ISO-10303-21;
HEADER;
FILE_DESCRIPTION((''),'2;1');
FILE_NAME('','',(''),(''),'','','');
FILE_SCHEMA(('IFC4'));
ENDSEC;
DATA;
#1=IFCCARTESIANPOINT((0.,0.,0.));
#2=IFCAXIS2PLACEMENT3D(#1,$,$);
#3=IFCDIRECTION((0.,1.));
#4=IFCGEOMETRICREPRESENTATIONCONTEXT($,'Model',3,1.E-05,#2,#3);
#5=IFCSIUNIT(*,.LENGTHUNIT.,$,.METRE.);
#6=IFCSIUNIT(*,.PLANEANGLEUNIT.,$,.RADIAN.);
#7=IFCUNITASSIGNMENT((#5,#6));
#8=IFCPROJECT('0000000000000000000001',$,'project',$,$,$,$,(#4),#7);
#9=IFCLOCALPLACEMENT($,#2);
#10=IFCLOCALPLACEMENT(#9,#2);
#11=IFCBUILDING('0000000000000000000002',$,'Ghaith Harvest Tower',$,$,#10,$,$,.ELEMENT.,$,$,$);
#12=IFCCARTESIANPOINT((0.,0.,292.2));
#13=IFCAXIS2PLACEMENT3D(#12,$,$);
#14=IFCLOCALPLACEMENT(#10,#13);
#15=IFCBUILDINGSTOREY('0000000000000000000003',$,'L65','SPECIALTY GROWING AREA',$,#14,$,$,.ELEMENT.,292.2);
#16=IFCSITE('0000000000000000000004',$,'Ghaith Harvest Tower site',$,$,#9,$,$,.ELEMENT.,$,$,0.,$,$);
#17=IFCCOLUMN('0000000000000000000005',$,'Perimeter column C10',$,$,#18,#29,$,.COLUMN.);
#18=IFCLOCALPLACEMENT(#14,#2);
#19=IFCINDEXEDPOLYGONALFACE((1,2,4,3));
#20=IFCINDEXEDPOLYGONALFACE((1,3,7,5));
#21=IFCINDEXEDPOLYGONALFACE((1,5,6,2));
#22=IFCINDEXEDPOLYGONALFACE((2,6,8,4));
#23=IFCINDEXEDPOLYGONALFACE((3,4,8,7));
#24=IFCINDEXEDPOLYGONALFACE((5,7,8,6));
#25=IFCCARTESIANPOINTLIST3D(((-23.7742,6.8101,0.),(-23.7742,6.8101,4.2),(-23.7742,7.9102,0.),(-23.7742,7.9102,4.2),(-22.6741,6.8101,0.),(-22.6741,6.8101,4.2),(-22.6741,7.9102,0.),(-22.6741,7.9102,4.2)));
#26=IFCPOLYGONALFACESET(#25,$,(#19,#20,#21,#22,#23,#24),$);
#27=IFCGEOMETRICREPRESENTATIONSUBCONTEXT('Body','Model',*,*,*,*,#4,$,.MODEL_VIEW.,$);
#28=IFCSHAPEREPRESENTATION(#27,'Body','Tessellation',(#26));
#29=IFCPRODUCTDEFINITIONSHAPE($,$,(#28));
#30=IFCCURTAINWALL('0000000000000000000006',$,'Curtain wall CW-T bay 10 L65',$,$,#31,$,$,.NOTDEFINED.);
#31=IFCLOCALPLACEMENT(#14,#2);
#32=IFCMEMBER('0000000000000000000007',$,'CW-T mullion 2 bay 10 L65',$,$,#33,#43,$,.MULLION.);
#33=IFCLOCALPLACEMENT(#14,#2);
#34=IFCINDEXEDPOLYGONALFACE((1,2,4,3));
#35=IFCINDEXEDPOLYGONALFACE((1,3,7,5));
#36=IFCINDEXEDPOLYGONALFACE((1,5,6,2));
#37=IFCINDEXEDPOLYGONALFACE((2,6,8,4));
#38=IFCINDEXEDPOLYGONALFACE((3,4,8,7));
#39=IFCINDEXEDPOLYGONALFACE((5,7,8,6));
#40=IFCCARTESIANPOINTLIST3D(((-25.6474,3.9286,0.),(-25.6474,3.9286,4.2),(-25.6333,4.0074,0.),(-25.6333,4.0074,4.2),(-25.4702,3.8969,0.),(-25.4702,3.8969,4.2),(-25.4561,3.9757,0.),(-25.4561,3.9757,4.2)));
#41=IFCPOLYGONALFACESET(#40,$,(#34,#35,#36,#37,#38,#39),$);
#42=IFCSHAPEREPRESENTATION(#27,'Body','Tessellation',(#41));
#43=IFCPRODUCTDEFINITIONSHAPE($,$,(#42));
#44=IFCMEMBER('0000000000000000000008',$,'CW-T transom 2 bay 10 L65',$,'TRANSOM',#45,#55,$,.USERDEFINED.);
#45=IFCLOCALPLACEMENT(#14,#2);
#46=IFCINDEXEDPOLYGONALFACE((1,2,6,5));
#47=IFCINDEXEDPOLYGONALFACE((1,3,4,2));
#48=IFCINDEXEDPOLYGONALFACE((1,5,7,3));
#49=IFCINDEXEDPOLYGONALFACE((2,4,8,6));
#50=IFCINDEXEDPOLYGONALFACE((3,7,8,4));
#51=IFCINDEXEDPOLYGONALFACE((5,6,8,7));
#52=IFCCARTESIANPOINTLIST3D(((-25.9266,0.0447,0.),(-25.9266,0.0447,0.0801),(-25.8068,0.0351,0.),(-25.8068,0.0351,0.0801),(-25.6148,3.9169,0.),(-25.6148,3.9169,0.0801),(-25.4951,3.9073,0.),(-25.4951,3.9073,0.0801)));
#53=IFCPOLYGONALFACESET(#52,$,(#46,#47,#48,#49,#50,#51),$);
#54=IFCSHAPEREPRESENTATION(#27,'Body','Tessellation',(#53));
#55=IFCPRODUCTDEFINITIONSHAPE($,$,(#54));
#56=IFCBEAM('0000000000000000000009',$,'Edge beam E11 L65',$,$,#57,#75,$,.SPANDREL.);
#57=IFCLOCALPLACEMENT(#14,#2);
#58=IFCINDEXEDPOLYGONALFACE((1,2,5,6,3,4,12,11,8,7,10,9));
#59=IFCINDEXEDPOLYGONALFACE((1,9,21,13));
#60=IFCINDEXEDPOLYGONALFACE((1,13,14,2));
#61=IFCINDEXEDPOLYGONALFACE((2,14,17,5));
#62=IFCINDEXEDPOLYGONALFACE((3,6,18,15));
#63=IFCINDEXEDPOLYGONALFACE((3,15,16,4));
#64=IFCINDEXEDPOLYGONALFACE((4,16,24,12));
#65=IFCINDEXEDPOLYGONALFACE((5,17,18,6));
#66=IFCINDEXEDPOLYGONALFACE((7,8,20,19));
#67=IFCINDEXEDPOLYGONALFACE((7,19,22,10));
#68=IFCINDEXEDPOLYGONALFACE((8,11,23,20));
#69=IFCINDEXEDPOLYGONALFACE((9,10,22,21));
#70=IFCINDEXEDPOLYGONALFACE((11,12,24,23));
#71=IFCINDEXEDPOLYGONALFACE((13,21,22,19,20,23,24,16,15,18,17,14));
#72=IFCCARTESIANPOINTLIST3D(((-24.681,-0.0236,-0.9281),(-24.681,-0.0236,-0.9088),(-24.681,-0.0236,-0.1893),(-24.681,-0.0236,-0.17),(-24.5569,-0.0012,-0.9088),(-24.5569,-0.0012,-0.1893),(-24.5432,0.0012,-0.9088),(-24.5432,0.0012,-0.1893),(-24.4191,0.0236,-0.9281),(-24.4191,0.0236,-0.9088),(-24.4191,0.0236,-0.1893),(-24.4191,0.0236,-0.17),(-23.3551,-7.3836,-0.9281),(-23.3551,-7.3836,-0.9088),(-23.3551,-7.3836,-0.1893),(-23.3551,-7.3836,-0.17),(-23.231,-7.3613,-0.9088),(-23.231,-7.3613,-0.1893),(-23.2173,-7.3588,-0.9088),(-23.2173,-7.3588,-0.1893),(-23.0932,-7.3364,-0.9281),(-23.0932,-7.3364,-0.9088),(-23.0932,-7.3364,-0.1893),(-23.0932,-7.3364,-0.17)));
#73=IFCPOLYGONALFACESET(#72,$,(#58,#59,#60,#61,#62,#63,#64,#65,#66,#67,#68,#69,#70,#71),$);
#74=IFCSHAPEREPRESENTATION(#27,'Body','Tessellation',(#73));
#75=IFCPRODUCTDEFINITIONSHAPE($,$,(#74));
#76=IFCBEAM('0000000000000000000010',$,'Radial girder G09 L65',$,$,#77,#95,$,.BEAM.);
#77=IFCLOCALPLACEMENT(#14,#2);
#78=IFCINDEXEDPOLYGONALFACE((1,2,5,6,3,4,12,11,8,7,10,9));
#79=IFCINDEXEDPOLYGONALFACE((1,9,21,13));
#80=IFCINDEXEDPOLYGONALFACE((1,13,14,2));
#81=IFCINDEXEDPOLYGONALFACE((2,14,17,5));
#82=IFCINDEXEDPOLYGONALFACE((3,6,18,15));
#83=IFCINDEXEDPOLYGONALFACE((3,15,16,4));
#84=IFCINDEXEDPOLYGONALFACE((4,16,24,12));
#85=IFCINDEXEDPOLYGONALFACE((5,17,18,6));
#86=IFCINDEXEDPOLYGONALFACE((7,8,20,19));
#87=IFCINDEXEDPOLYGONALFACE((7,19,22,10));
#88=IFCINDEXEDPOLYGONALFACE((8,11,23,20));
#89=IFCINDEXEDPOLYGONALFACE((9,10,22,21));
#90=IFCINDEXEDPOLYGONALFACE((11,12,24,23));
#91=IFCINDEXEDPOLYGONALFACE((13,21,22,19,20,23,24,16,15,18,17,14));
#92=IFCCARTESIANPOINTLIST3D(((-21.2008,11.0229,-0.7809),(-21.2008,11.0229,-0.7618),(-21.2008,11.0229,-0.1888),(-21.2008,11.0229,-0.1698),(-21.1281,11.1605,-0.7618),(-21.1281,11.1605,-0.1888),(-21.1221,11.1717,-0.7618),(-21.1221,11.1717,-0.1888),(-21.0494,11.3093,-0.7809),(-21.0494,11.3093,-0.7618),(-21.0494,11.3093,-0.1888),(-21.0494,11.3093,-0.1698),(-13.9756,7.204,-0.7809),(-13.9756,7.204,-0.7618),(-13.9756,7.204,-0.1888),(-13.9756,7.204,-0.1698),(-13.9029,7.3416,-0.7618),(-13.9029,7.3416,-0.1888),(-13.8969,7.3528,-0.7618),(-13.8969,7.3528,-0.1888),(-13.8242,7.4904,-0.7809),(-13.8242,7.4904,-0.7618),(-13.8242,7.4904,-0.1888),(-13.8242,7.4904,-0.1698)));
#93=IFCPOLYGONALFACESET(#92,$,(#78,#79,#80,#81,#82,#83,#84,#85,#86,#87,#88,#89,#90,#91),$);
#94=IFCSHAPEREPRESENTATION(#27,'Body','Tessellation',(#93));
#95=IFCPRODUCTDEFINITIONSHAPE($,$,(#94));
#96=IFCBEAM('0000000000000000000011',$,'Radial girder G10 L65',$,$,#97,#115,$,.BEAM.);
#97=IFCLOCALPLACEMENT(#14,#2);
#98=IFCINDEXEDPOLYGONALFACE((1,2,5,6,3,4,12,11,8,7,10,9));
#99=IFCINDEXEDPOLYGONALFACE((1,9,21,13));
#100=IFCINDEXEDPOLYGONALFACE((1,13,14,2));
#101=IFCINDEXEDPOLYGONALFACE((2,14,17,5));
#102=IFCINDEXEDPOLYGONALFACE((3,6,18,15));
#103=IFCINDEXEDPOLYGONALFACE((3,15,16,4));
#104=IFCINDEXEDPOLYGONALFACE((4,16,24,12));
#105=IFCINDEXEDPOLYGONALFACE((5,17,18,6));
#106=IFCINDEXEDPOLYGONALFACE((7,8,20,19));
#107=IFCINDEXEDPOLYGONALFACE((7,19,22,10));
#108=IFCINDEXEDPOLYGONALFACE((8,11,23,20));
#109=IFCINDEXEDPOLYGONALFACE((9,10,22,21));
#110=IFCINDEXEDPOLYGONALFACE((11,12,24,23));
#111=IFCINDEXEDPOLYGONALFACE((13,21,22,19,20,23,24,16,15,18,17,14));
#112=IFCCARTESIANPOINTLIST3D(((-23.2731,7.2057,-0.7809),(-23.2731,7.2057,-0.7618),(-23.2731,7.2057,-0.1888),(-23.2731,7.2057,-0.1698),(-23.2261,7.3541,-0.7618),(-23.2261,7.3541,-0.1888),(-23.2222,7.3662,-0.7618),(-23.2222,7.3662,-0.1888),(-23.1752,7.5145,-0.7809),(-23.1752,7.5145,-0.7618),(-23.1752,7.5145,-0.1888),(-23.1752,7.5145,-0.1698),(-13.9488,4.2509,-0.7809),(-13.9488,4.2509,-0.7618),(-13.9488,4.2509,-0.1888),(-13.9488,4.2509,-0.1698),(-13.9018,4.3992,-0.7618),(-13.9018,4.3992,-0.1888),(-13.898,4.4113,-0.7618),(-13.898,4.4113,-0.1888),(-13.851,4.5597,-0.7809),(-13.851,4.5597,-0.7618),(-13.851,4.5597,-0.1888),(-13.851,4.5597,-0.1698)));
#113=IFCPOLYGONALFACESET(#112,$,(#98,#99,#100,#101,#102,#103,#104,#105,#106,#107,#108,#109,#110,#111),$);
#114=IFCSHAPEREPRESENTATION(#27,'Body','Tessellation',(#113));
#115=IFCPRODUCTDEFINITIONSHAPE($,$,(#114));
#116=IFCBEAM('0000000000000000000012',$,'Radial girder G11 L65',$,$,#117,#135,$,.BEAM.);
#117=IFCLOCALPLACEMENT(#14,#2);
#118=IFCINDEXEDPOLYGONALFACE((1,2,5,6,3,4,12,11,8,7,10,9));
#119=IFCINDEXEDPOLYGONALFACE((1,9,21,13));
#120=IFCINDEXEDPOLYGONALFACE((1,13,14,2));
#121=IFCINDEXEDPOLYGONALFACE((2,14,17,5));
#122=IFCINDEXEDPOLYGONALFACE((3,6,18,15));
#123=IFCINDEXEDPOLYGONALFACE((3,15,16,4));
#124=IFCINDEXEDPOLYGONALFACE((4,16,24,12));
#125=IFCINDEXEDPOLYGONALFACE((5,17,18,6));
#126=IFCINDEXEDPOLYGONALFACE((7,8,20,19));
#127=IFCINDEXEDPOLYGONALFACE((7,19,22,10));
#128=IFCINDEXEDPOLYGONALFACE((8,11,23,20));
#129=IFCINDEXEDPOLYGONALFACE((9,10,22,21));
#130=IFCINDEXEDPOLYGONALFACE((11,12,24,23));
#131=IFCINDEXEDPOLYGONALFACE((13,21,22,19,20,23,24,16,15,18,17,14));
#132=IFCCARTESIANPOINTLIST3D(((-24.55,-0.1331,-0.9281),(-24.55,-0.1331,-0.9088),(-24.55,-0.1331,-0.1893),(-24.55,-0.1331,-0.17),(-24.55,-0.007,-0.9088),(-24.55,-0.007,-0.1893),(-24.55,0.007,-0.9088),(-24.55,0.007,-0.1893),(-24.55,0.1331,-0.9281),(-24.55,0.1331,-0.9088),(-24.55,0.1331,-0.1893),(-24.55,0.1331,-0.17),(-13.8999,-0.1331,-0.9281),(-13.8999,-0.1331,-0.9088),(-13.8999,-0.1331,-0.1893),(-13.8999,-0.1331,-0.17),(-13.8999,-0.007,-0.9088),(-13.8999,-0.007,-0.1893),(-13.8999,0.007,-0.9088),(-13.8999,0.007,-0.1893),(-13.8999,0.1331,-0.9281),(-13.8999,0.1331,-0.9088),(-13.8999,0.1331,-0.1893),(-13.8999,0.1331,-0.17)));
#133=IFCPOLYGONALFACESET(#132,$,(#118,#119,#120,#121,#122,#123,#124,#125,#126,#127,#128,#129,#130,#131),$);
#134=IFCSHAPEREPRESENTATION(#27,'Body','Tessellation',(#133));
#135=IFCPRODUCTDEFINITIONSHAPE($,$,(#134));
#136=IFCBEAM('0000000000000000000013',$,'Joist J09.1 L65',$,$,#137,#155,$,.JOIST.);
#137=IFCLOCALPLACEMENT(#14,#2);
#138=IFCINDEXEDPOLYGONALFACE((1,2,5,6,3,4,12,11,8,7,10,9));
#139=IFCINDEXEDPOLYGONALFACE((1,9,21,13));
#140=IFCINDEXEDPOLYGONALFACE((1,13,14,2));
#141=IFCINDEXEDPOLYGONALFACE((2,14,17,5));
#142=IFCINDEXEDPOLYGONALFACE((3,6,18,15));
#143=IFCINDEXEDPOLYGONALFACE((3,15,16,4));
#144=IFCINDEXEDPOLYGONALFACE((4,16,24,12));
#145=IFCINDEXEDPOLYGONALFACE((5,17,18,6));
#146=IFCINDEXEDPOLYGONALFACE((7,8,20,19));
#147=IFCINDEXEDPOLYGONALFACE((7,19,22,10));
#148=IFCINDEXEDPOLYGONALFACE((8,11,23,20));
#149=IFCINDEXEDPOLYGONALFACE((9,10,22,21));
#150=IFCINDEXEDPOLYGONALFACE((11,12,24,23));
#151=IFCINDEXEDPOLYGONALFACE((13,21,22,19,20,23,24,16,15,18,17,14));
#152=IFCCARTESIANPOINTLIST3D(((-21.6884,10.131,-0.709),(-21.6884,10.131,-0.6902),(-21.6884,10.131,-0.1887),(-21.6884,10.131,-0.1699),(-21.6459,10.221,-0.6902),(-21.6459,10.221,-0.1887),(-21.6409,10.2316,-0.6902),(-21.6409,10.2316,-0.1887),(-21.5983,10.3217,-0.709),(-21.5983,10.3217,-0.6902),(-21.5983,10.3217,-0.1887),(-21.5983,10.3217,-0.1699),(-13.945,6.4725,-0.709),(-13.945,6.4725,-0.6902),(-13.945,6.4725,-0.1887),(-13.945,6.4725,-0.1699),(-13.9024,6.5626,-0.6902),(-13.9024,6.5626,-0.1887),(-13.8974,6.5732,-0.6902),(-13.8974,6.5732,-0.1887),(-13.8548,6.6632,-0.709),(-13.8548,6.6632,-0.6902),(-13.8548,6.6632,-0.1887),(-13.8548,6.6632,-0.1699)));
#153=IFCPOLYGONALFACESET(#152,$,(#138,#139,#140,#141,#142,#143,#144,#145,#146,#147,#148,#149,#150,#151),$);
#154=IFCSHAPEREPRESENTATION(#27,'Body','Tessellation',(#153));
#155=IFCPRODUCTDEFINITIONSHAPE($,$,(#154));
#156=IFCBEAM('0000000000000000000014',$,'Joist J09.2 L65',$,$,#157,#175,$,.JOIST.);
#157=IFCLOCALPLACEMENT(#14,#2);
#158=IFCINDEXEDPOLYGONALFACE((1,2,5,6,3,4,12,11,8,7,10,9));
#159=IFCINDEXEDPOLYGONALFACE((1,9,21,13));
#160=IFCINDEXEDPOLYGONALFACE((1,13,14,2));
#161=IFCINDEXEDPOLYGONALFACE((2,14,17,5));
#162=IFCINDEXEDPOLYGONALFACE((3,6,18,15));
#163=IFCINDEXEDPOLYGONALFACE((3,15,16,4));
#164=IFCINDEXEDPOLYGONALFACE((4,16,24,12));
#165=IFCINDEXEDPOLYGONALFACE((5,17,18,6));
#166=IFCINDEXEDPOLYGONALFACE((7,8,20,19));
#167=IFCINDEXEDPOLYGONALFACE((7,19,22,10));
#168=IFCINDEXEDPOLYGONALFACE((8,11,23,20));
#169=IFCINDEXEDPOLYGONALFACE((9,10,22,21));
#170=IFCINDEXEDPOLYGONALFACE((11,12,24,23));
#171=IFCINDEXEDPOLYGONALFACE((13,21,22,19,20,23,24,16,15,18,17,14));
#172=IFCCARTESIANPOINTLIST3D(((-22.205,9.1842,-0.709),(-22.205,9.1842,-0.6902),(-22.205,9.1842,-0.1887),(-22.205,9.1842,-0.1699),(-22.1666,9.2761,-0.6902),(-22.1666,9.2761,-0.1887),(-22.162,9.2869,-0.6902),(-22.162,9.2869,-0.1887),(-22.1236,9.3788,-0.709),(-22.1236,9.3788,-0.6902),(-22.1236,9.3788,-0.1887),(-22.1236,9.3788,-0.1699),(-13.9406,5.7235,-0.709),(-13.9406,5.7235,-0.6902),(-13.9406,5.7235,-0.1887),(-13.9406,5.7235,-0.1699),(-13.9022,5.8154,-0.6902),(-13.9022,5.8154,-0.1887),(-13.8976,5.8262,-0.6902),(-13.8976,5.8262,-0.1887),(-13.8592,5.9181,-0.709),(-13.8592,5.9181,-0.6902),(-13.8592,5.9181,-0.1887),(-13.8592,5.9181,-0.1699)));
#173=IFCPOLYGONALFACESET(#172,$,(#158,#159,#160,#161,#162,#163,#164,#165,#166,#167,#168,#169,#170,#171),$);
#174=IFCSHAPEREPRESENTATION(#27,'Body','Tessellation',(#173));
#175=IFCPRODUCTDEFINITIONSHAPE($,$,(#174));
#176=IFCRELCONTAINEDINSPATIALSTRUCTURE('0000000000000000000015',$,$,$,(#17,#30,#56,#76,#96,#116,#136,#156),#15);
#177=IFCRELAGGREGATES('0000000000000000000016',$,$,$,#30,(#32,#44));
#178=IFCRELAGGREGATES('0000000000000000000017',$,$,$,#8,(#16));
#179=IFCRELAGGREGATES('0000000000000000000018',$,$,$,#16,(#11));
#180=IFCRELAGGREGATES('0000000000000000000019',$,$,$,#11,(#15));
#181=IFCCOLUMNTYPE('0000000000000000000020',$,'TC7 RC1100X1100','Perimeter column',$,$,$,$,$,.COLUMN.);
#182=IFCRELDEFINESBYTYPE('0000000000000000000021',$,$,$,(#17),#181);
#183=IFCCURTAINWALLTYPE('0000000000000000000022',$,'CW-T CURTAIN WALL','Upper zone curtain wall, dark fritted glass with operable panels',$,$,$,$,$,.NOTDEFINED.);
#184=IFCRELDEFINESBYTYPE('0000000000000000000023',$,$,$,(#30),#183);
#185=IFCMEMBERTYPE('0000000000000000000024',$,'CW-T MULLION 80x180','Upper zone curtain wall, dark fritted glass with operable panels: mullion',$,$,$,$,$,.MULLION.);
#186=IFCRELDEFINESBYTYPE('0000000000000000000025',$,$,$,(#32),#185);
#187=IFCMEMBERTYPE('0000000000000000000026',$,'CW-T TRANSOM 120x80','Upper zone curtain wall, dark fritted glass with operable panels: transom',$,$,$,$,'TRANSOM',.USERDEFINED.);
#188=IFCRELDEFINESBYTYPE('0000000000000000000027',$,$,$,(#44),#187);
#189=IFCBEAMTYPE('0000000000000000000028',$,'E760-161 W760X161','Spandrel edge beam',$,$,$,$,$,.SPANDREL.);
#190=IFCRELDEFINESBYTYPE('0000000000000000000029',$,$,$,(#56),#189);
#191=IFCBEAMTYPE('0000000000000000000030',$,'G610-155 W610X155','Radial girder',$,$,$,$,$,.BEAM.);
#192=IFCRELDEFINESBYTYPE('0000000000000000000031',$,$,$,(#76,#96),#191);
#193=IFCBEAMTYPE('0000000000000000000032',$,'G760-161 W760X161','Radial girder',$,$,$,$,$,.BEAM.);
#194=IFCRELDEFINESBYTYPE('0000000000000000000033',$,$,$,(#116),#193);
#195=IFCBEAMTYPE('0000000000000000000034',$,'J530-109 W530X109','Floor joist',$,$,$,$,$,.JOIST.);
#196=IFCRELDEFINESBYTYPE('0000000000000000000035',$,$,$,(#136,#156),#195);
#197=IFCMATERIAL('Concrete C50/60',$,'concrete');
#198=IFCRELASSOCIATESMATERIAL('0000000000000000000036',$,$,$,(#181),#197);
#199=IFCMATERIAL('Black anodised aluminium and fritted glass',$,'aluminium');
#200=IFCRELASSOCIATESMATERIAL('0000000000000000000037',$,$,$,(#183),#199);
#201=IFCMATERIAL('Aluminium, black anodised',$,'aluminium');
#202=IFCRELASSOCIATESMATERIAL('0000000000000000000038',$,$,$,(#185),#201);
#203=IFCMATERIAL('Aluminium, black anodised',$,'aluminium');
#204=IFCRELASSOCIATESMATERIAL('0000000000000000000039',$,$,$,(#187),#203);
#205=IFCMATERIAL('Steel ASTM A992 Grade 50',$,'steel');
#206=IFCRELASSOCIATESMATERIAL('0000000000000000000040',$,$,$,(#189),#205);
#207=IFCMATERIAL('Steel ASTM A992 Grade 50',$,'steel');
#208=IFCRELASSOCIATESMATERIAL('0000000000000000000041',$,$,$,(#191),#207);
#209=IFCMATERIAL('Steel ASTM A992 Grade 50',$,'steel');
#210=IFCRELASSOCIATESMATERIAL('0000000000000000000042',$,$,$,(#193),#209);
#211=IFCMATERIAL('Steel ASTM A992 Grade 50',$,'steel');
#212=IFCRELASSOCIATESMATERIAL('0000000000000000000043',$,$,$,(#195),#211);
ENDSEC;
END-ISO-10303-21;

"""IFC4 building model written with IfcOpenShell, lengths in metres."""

from ifc_helpers import new_model, si_unit, direction, frame, origin, origin_2d, place, context, subcontext, project, spatial, rectangle, i_section, extrude, material, material_profile, profile_set, type_object, element, aggregate, save


model = new_model("IFC4")

# Units and contexts
model_context = context("Model", 3, precision=1e-05, world=origin(), true_north=direction((0.0, 1.0)))
body_context = subcontext(model_context, "Body", "Model", "MODEL_VIEW")
ifc_project = project(units=[si_unit("LENGTHUNIT", "METRE"), si_unit("PLANEANGLEUNIT", "RADIAN")], contexts=[model_context])

# Site, building, storey
site_placement = place(None, origin())
site = spatial("IfcSite", under=ifc_project, at=site_placement, Name="Ghaith Harvest Tower site", CompositionType="ELEMENT", RefElevation=0.0)
building_placement = place(site_placement, origin())
building = spatial("IfcBuilding", under=site, at=building_placement, Name="Ghaith Harvest Tower", CompositionType="ELEMENT")
storey_placement = place(building_placement, frame((0.0, 0.0, 292.2)))
storey = spatial("IfcBuildingStorey", under=building, at=storey_placement, Name="L65", Description="SPECIALTY GROWING AREA", CompositionType="ELEMENT", Elevation=292.2)

# Column
ifc_material_1 = material(Name="Concrete C50/60", Category="concrete")
ifc_material_profile_1 = material_profile(ifc_material_1, rectangle(XDim=1.1001, YDim=1.1001, at=origin_2d()), Name="RC1100X1100")
ifc_profile_set_1 = profile_set([ifc_material_profile_1], Name="Concrete C50/60")
column_type = type_object("IfcColumnType", Name="TC7 RC1100X1100", Description="Perimeter column", PredefinedType="COLUMN", material=ifc_profile_set_1)
column_placement = place(storey_placement, frame((-23.2241, 7.3601, 0.0), z_axis=(0.0, 0.0, 1.0), x_axis=(1.0, 0.0, 0.0)))
element("IfcColumn", 1, at=column_placement, inside=storey, type_object=column_type, Name="Perimeter column C10", PredefinedType="COLUMN", context=body_context, shape_type="SweptSolid", body=[
    extrude(rectangle(XDim=1.1001, YDim=1.1001, at=origin_2d()), origin(), (0.0, 0.0, 1.0), 4.2),
])

# Curtain wall, members
ifc_material_2 = material(Name="Black anodised aluminium and fritted glass", Category="aluminium")
curtain_wall_type = type_object("IfcCurtainWallType", Name="CW-T CURTAIN WALL", Description="Upper zone curtain wall, dark fritted glass with operable panels", PredefinedType="NOTDEFINED", material=ifc_material_2)
curtain_wall_placement = place(storey_placement, origin())
curtain_wall = element("IfcCurtainWall", 2, at=curtain_wall_placement, inside=storey, type_object=curtain_wall_type, Name="Curtain wall CW-T bay 10 L65", PredefinedType="NOTDEFINED")
ifc_material_3 = material(Name="Aluminium, black anodised", Category="aluminium")
ifc_material_profile_2 = material_profile(ifc_material_3, rectangle(XDim=0.0801, YDim=0.1799, at=origin_2d()), Name="CW-T MULLION 80x180")
ifc_profile_set_2 = profile_set([ifc_material_profile_2], Name="Aluminium, black anodised")
member_type_1 = type_object("IfcMemberType", Name="CW-T MULLION 80x180", Description="Upper zone curtain wall, dark fritted glass with operable panels: mullion", PredefinedType="MULLION", material=ifc_profile_set_2)
member_1_placement = place(storey_placement, frame((-25.5518, 3.9521, 0.0), z_axis=(0.0, 0.0, 1.0), x_axis=(-0.176001, -0.98439, 0.0)))
member_1 = element("IfcMember", 3, at=member_1_placement, type_object=member_type_1, Name="CW-T mullion 2 bay 10 L65", PredefinedType="MULLION", context=body_context, shape_type="SweptSolid", body=[
    extrude(rectangle(XDim=0.0801, YDim=0.1799, at=origin_2d()), origin(), (0.0, 0.0, 1.0), 4.2),
])
ifc_material_4 = material(Name="Aluminium, black anodised", Category="aluminium")
ifc_material_profile_3 = material_profile(ifc_material_4, rectangle(XDim=0.1201, YDim=0.0801, at=origin_2d()), Name="CW-T TRANSOM 120x80")
ifc_profile_set_3 = profile_set([ifc_material_profile_3], Name="Aluminium, black anodised")
member_type_2 = type_object("IfcMemberType", Name="CW-T TRANSOM 120x80", Description="Upper zone curtain wall, dark fritted glass with operable panels: transom", ElementType="TRANSOM", PredefinedType="USERDEFINED", material=ifc_profile_set_3)
member_2_placement = place(storey_placement, frame((-25.5549, 3.9121, 0.04), z_axis=(-0.080252, -0.996775, 0.0), x_axis=(0.996775, -0.080252, 0.0)))
member_2 = element("IfcMember", 4, at=member_2_placement, type_object=member_type_2, Name="CW-T transom 2 bay 10 L65", ObjectType="TRANSOM", PredefinedType="USERDEFINED", context=body_context, shape_type="SweptSolid", body=[
    extrude(rectangle(XDim=0.1201, YDim=0.0801, at=origin_2d()), origin(), (0.0, 0.0, 1.0), 3.8848),
])

# Beams
ifc_material_5 = material(Name="Steel ASTM A992 Grade 50", Category="steel")
ifc_material_profile_4 = material_profile(ifc_material_5, i_section(OverallWidth=0.2661, OverallDepth=0.7581, WebThickness=0.0139, FlangeThickness=0.0193, at=origin_2d()), Name="W760X161")
ifc_profile_set_4 = profile_set([ifc_material_profile_4], Name="Steel ASTM A992 Grade 50")
beam_type_1 = type_object("IfcBeamType", Name="E760-161 W760X161", Description="Spandrel edge beam", PredefinedType="SPANDREL", material=ifc_profile_set_4)
beam_1_placement = place(storey_placement, frame((-24.55, 0.0, -0.5491), z_axis=(0.177297, -0.984157, 0.0), x_axis=(0.984157, 0.177297, 0.0)))
element("IfcBeam", 5, at=beam_1_placement, inside=storey, type_object=beam_type_1, Name="Edge beam E11 L65", PredefinedType="SPANDREL", context=body_context, shape_type="SweptSolid", body=[
    extrude(i_section(OverallWidth=0.2661, OverallDepth=0.7581, WebThickness=0.0139, FlangeThickness=0.0193, at=origin_2d()), origin(), (0.0, 0.0, 1.0), 7.4785),
])
ifc_material_6 = material(Name="Steel ASTM A992 Grade 50", Category="steel")
ifc_material_profile_5 = material_profile(ifc_material_6, i_section(OverallWidth=0.324, OverallDepth=0.6111, WebThickness=0.0127, FlangeThickness=0.019, at=origin_2d()), Name="W610X155")
ifc_profile_set_5 = profile_set([ifc_material_profile_5], Name="Steel ASTM A992 Grade 50")
beam_type_2 = type_object("IfcBeamType", Name="G610-155 W610X155", Description="Radial girder", PredefinedType="BEAM", material=ifc_profile_set_5)
beam_2_placement = place(storey_placement, frame((-13.8999, 7.3472, -0.4753), z_axis=(-0.884102, 0.467295, 0.0), x_axis=(-0.467295, -0.884102, 0.0)))
element("IfcBeam", 6, at=beam_2_placement, inside=storey, type_object=beam_type_2, Name="Radial girder G09 L65", PredefinedType="BEAM", context=body_context, shape_type="SweptSolid", body=[
    extrude(i_section(OverallWidth=0.324, OverallDepth=0.6111, WebThickness=0.0127, FlangeThickness=0.019, at=origin_2d()), origin(), (0.0, 0.0, 1.0), 8.1724),
])
beam_3_placement = place(storey_placement, frame((-13.8999, 4.4053, -0.4753), z_axis=(-0.953279, 0.302093, 0.0), x_axis=(-0.302093, -0.953279, 0.0)))
element("IfcBeam", 7, at=beam_3_placement, inside=storey, type_object=beam_type_2, Name="Radial girder G10 L65", PredefinedType="BEAM", context=body_context, shape_type="SweptSolid", body=[
    extrude(i_section(OverallWidth=0.324, OverallDepth=0.6111, WebThickness=0.0127, FlangeThickness=0.019, at=origin_2d()), origin(), (0.0, 0.0, 1.0), 9.7812),
])
ifc_material_7 = material(Name="Steel ASTM A992 Grade 50", Category="steel")
ifc_material_profile_6 = material_profile(ifc_material_7, i_section(OverallWidth=0.2661, OverallDepth=0.7581, WebThickness=0.0139, FlangeThickness=0.0193, at=origin_2d()), Name="W760X161")
ifc_profile_set_6 = profile_set([ifc_material_profile_6], Name="Steel ASTM A992 Grade 50")
beam_type_3 = type_object("IfcBeamType", Name="G760-161 W760X161", Description="Radial girder", PredefinedType="BEAM", material=ifc_profile_set_6)
beam_4_placement = place(storey_placement, frame((-13.8999, 0.0, -0.5491), z_axis=(-1.0, 0.0, 0.0), x_axis=(0.0, -1.0, 0.0)))
element("IfcBeam", 8, at=beam_4_placement, inside=storey, type_object=beam_type_3, Name="Radial girder G11 L65", PredefinedType="BEAM", context=body_context, shape_type="SweptSolid", body=[
    extrude(i_section(OverallWidth=0.2661, OverallDepth=0.7581, WebThickness=0.0139, FlangeThickness=0.0193, at=origin_2d()), origin(), (0.0, 0.0, 1.0), 10.6501),
])
ifc_material_8 = material(Name="Steel ASTM A992 Grade 50", Category="steel")
ifc_material_profile_7 = material_profile(ifc_material_8, i_section(OverallWidth=0.2109, OverallDepth=0.5391, WebThickness=0.0117, FlangeThickness=0.0188, at=origin_2d()), Name="W530X109")
ifc_profile_set_7 = profile_set([ifc_material_profile_7], Name="Steel ASTM A992 Grade 50")
beam_type_4 = type_object("IfcBeamType", Name="J530-109 W530X109", Description="Floor joist", PredefinedType="JOIST", material=ifc_profile_set_7)
beam_5_placement = place(storey_placement, frame((-13.8999, 6.5679, -0.4395), z_axis=(-0.904166, 0.427182, 0.0), x_axis=(-0.427182, -0.904166, 0.0)))
element("IfcBeam", 9, at=beam_5_placement, inside=storey, type_object=beam_type_4, Name="Joist J09.1 L65", PredefinedType="JOIST", context=body_context, shape_type="SweptSolid", body=[
    extrude(i_section(OverallWidth=0.2109, OverallDepth=0.5391, WebThickness=0.0117, FlangeThickness=0.0188, at=origin_2d()), origin(), (0.0, 0.0, 1.0), 8.5642),
])
beam_6_placement = place(storey_placement, frame((-13.8999, 5.8208, -0.4395), z_axis=(-0.922394, 0.38625, 0.0), x_axis=(-0.38625, -0.922394, 0.0)))
element("IfcBeam", 10, at=beam_6_placement, inside=storey, type_object=beam_type_4, Name="Joist J09.2 L65", PredefinedType="JOIST", context=body_context, shape_type="SweptSolid", body=[
    extrude(i_section(OverallWidth=0.2109, OverallDepth=0.5391, WebThickness=0.0117, FlangeThickness=0.0188, at=origin_2d()), origin(), (0.0, 0.0, 1.0), 8.9597),
])

aggregate(curtain_wall, [member_1, member_2])

save(model, "model.ifc")
